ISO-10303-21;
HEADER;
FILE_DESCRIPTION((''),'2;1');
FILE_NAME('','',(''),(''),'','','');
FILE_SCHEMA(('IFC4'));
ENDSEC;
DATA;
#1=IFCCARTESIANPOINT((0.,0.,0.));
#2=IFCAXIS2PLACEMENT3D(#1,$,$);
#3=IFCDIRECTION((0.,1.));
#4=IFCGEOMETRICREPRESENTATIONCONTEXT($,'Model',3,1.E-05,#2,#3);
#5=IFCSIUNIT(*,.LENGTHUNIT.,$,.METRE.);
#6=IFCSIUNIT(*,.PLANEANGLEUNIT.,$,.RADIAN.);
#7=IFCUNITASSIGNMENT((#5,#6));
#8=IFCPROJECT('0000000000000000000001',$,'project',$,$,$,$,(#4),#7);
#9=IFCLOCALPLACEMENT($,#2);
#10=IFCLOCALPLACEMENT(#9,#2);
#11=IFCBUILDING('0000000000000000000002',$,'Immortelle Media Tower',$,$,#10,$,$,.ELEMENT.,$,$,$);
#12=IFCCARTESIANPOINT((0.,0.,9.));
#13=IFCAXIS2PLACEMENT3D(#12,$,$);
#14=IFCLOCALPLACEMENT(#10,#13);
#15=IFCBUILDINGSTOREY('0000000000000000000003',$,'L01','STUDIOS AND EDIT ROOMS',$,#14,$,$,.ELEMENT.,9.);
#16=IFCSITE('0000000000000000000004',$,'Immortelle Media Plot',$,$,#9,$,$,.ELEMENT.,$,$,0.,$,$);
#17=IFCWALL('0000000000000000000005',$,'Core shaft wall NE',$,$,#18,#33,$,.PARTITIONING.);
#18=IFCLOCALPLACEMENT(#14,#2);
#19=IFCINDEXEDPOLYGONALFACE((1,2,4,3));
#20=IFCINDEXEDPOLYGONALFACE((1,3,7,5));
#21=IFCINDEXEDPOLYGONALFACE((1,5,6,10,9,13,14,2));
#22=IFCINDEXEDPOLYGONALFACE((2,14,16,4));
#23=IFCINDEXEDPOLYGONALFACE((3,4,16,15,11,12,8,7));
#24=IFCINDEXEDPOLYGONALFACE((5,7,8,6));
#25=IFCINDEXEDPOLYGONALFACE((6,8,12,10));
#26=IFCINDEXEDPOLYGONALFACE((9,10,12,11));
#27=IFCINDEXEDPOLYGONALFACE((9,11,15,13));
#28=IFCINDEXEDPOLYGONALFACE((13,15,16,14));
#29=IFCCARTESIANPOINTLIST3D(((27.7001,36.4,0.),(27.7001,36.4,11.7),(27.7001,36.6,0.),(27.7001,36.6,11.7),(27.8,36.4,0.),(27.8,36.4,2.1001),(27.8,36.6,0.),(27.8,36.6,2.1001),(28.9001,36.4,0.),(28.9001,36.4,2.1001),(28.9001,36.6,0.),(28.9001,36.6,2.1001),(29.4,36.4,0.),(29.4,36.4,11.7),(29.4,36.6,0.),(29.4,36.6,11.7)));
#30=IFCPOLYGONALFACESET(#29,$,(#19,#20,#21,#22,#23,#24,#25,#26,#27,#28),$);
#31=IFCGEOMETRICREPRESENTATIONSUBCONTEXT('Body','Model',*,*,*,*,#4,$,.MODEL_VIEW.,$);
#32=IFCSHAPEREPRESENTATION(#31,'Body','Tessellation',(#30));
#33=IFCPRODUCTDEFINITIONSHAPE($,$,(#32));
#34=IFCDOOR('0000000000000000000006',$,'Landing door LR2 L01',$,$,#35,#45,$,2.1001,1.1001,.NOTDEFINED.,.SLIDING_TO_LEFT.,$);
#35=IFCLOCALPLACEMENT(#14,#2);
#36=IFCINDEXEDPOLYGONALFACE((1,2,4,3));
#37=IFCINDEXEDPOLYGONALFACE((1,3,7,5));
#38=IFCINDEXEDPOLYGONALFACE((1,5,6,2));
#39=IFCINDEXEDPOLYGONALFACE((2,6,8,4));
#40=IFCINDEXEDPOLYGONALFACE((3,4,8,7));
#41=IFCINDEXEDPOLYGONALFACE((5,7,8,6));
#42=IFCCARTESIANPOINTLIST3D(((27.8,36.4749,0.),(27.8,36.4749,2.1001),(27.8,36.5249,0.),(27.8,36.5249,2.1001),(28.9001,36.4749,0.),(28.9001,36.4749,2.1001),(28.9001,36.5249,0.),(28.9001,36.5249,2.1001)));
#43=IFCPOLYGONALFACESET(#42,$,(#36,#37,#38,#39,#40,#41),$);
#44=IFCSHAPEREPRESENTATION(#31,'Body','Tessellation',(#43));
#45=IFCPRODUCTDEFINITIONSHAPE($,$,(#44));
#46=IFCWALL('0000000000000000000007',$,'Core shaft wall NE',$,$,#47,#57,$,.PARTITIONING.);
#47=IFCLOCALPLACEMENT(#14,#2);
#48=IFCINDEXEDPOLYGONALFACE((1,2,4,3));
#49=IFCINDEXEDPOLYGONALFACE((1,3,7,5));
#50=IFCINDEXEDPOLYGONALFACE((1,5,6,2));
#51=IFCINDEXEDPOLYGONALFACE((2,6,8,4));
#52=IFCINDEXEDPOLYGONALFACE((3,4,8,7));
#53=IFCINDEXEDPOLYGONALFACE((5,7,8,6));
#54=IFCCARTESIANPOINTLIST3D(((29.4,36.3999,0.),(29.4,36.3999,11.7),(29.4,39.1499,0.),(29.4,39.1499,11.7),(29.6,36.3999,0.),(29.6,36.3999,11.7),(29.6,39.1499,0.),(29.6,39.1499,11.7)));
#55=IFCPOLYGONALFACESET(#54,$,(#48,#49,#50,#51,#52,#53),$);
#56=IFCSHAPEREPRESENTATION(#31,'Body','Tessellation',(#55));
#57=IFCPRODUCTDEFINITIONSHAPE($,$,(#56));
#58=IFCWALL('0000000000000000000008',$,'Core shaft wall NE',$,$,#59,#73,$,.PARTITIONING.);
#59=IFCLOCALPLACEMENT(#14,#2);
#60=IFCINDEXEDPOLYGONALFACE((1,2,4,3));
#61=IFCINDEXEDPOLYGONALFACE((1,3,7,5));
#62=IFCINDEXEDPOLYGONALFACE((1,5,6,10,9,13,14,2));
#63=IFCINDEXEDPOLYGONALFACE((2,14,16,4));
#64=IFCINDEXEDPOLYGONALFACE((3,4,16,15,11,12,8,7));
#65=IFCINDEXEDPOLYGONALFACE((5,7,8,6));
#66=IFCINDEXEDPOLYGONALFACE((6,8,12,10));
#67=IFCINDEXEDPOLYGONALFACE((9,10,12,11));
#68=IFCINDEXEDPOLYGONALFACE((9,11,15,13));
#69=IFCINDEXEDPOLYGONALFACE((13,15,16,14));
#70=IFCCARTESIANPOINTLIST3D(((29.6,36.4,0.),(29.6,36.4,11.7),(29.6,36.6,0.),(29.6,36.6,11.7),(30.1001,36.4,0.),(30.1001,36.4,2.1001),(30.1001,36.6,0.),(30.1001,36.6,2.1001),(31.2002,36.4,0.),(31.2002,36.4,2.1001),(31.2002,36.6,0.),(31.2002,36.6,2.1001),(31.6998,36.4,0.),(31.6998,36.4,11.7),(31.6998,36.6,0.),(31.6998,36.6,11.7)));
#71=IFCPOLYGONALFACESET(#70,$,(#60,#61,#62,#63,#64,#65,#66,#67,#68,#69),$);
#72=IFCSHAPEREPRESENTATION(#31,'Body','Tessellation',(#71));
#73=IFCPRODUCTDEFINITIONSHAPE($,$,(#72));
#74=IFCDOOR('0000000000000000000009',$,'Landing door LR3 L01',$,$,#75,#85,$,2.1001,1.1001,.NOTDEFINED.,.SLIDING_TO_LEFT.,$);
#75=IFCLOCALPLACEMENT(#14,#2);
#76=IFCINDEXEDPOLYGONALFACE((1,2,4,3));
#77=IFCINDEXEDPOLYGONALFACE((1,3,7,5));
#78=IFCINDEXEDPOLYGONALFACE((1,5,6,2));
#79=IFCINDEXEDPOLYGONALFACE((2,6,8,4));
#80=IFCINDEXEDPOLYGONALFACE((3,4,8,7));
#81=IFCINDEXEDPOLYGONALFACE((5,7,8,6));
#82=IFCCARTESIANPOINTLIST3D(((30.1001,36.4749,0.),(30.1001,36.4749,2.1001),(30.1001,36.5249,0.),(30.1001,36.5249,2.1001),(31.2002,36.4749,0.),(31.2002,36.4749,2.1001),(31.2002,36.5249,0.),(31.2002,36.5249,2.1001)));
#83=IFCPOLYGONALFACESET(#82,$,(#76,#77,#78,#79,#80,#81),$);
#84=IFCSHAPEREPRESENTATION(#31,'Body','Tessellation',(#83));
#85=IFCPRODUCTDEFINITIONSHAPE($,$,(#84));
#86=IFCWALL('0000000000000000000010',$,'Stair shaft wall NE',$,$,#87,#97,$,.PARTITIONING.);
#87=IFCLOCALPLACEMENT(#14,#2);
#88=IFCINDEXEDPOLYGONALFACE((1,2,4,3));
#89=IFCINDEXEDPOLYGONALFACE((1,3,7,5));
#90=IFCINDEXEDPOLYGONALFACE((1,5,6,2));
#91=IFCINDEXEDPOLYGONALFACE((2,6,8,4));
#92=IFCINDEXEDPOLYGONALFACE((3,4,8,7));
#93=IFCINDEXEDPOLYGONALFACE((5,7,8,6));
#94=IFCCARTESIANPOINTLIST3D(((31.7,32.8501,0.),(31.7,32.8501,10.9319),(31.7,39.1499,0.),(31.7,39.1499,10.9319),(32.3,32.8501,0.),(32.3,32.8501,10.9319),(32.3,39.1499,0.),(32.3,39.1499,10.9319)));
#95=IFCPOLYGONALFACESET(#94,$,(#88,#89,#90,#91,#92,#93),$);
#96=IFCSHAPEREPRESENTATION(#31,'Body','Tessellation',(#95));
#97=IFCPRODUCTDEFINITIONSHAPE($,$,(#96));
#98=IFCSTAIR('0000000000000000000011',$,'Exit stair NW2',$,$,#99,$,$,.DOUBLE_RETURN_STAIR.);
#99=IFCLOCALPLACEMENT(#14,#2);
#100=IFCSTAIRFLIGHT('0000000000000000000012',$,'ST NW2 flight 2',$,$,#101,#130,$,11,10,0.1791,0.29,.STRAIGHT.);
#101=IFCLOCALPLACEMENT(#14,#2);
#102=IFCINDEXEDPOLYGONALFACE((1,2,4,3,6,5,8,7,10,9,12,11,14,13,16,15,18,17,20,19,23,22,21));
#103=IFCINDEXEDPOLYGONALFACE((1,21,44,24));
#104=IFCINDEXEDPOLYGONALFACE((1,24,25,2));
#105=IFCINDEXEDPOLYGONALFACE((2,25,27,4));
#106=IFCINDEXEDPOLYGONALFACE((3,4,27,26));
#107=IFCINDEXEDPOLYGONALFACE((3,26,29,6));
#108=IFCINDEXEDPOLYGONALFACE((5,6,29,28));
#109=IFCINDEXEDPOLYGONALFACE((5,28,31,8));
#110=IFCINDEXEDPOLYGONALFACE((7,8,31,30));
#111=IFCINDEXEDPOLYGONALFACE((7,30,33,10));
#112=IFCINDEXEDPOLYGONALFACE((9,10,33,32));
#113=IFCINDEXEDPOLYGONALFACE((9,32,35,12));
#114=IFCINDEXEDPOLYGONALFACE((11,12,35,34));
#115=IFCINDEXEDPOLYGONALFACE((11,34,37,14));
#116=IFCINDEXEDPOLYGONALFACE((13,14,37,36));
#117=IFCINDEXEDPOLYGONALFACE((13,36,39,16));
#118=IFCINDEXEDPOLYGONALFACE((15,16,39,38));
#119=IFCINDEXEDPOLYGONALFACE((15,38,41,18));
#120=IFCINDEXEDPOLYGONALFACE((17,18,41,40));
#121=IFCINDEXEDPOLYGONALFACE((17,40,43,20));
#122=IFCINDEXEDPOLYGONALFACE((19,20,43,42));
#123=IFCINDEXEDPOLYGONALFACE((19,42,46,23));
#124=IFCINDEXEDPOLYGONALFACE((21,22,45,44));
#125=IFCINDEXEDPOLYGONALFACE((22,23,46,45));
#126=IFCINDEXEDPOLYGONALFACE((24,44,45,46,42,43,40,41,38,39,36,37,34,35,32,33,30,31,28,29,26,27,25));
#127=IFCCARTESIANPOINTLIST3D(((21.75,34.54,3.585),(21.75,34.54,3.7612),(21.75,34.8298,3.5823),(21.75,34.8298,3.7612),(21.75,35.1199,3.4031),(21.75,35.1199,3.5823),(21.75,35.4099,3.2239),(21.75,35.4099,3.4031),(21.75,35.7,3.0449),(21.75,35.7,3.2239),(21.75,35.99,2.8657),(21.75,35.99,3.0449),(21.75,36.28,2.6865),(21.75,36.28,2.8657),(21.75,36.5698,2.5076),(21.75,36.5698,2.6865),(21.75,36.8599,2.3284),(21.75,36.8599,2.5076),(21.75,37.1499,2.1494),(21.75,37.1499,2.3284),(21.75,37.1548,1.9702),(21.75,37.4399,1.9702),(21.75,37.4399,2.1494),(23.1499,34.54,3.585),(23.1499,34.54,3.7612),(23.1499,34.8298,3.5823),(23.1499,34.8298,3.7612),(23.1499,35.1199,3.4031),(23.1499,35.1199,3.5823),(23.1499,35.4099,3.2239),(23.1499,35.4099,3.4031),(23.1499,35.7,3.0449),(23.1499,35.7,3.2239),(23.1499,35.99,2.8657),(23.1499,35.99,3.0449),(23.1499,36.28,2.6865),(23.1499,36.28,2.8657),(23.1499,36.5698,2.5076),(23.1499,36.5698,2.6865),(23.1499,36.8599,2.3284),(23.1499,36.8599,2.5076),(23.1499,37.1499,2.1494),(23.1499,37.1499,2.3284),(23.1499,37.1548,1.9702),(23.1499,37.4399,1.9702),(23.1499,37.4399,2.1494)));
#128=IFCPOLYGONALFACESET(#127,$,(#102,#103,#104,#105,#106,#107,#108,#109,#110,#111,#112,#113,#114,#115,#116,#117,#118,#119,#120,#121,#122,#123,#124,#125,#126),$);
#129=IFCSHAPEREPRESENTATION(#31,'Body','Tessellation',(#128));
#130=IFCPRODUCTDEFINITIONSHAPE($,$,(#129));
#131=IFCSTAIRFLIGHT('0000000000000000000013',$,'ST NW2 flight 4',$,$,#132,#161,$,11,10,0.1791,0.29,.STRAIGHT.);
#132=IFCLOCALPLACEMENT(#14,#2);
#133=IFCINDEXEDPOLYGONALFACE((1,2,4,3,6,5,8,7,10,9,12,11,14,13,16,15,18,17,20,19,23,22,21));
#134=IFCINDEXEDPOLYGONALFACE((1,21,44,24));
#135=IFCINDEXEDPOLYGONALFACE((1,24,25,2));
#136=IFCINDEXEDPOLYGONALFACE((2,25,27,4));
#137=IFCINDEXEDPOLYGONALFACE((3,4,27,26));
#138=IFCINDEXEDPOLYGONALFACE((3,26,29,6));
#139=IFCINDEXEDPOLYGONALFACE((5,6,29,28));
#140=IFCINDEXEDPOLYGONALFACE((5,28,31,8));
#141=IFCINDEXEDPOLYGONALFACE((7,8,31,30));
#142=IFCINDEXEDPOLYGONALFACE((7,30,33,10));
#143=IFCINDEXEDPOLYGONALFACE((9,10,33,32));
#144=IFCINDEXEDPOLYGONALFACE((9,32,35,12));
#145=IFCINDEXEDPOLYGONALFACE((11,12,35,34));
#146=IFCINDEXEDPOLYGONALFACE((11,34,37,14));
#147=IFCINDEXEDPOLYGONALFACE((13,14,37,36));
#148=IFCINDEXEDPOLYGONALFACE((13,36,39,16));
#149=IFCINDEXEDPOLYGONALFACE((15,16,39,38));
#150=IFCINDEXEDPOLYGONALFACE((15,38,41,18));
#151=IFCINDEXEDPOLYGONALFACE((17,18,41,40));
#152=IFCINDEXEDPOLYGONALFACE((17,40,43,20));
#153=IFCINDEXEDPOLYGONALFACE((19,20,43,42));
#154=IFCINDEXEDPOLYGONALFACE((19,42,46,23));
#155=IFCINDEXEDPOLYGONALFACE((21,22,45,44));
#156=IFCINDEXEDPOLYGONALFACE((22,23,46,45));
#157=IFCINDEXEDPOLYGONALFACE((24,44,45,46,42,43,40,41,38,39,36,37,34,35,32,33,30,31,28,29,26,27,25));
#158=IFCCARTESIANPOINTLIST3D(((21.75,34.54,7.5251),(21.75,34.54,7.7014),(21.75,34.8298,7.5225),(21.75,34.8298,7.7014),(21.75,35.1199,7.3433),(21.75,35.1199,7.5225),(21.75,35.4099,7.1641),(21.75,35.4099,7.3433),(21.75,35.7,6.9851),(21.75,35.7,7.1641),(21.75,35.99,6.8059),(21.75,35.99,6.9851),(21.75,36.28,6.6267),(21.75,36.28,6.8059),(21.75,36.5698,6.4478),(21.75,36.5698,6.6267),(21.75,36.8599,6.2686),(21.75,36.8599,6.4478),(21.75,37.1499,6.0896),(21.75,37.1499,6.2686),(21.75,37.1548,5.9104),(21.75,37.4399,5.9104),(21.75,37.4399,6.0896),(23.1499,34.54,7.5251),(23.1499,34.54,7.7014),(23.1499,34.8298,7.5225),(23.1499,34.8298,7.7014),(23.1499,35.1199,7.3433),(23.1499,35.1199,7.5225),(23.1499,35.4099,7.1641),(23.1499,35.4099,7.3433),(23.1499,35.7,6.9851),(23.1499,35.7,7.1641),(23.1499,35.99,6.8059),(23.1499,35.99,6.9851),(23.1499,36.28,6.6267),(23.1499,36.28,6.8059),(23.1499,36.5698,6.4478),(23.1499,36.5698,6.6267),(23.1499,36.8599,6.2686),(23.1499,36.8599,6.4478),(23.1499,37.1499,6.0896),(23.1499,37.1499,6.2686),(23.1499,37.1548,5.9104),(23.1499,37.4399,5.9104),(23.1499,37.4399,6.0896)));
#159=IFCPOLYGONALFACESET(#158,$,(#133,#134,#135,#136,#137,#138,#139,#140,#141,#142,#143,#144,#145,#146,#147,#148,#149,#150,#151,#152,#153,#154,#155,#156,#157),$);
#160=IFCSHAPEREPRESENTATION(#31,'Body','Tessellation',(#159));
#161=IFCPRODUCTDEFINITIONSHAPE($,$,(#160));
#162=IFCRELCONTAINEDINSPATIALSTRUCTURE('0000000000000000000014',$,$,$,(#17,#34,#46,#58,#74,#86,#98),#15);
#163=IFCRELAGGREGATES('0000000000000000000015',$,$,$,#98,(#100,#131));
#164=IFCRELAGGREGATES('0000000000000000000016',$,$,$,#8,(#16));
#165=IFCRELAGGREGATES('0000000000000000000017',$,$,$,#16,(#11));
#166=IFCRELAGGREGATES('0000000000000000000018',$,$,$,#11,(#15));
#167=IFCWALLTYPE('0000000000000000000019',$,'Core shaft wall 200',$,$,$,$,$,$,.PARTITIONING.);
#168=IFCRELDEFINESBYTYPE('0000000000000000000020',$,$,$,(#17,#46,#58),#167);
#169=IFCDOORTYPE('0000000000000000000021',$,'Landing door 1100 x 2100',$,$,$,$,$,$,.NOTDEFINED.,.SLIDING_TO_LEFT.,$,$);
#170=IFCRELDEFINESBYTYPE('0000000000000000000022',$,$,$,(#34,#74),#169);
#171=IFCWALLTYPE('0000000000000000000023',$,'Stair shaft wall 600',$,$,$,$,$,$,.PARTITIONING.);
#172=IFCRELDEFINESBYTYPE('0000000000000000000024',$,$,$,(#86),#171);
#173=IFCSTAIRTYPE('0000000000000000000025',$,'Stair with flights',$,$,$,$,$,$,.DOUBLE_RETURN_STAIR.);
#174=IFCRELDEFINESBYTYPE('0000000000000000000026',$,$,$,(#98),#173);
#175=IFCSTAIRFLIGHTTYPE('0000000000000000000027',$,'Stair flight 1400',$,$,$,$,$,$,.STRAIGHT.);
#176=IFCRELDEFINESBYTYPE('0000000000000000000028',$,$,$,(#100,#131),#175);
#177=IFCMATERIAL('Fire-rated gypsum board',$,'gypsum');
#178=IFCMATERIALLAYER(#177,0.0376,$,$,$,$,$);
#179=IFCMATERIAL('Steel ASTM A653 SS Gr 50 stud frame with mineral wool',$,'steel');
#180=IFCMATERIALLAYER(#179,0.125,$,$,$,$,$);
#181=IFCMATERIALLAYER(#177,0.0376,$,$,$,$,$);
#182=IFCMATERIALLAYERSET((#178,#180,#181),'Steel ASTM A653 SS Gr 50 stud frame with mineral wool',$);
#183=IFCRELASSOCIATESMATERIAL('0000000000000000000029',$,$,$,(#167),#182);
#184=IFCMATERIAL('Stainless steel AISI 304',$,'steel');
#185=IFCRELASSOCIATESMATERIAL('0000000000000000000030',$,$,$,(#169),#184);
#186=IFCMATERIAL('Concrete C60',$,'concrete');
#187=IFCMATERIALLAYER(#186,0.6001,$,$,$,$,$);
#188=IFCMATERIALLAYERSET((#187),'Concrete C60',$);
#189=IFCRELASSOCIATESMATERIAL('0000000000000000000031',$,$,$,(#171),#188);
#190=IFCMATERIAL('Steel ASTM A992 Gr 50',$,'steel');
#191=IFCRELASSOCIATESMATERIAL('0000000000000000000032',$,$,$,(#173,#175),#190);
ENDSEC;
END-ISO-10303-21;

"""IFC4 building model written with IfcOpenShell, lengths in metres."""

from ifc_helpers import new_model, si_unit, direction, frame, frame_2d, origin, place, context, subcontext, project, spatial, polyline, rectangle, outline, extrude, material, layer, layer_set, type_object, element, fill, aggregate, save


model = new_model("IFC4")

# Units and contexts
model_context = context("Model", 3, precision=1e-05, world=origin(), true_north=direction((0.0, 1.0)))
body_context = subcontext(model_context, "Body", "Model", "MODEL_VIEW")
ifc_project = project(units=[si_unit("LENGTHUNIT", "METRE"), si_unit("PLANEANGLEUNIT", "RADIAN")], contexts=[model_context])

# Site, building, storey
site_placement = place(None, origin())
site = spatial("IfcSite", under=ifc_project, at=site_placement, Name="Immortelle Media Plot", CompositionType="ELEMENT", RefElevation=0.0)
building_placement = place(site_placement, origin())
building = spatial("IfcBuilding", under=site, at=building_placement, Name="Immortelle Media Tower", CompositionType="ELEMENT")
storey_placement = place(building_placement, frame((0.0, 0.0, 9.0)))
storey = spatial("IfcBuildingStorey", under=building, at=storey_placement, Name="L01", Description="STUDIOS AND EDIT ROOMS", CompositionType="ELEMENT", Elevation=9.0)

# Shared definitions
ifc_material_1 = material(Name="Steel ASTM A992 Gr 50", Category="steel")

# Shared definitions
ifc_material_2 = material(Name="Fire-rated gypsum board", Category="gypsum")
ifc_material_3 = material(Name="Steel ASTM A653 SS Gr 50 stud frame with mineral wool", Category="steel")

# Shared definitions
ifc_layer_1 = layer(ifc_material_2, 0.0376)
ifc_layer_2 = layer(ifc_material_3, 0.125)
ifc_layer_3 = layer(ifc_material_2, 0.0376)
ifc_layer_set_1 = layer_set([ifc_layer_1, ifc_layer_2, ifc_layer_3], Name="Steel ASTM A653 SS Gr 50 stud frame with mineral wool")
wall_type_1 = type_object("IfcWallType", Name="Core shaft wall 200", PredefinedType="PARTITIONING", material=ifc_layer_set_1)
ifc_material_4 = material(Name="Stainless steel AISI 304", Category="steel")
door_type_1 = type_object("IfcDoorType", Name="Landing door 1100 x 2100", OperationType="SLIDING_TO_LEFT", PredefinedType="NOTDEFINED", material=ifc_material_4)

# Wall, opening, door
wall_1_placement = place(storey_placement, frame((27.7, 36.5, 0.0), z_axis=(0.0, 0.0, 1.0), x_axis=(1.0, 0.0, 0.0)))
wall_1 = element("IfcWall", 1, at=wall_1_placement, inside=storey, type_object=wall_type_1, Name="Core shaft wall NE", PredefinedType="PARTITIONING", context=body_context, shape_type="SweptSolid", body=[
    extrude(rectangle(XDim=1.7, YDim=0.2, at=frame_2d((0.8501, 0.0))), origin(), (0.0, 0.0, 1.0), 11.7),
])
opening_1_placement = place(wall_1_placement, frame((0.1001, 0.0, 0.0)))
opening_1 = element("IfcOpeningElement", 2, at=opening_1_placement, cuts=wall_1, PredefinedType="OPENING", context=body_context, shape_type="SweptSolid", body=[
    extrude(rectangle(XDim=1.1001, YDim=2.1001, at=frame_2d((0.55, 1.05))), frame((0.0, 0.1099, 0.0), z_axis=(0.0, -1.0, 0.0), x_axis=(1.0, 0.0, 0.0)), (0.0, 0.0, 1.0), 0.22),
])
door_1_placement = place(opening_1_placement, origin())
door_1 = element("IfcDoor", 3, at=door_1_placement, inside=storey, type_object=door_type_1, Name="Landing door LR2 L01", OperationType="SLIDING_TO_LEFT", OverallHeight=2.1001, OverallWidth=1.1001, PredefinedType="NOTDEFINED", context=body_context, shape_type="SweptSolid", body=[
    extrude(rectangle(XDim=1.1001, YDim=2.1001, at=frame_2d((0.55, 1.05))), frame((0.0, 0.0249, 0.0), z_axis=(0.0, -1.0, 0.0), x_axis=(1.0, 0.0, 0.0)), (0.0, 0.0, 1.0), 0.05),
])
fill(opening_1, door_1)

# Wall
wall_2_placement = place(storey_placement, frame((29.5, 36.3999, 0.0), z_axis=(0.0, 0.0, 1.0), x_axis=(0.0, 1.0, 0.0)))
element("IfcWall", 4, at=wall_2_placement, inside=storey, type_object=wall_type_1, Name="Core shaft wall NE", PredefinedType="PARTITIONING", context=body_context, shape_type="SweptSolid", body=[
    extrude(rectangle(XDim=2.75, YDim=0.2, at=frame_2d((1.375, 0.0))), origin(), (0.0, 0.0, 1.0), 11.7),
])

# Wall, opening, door
wall_3_placement = place(storey_placement, frame((29.6001, 36.5, 0.0), z_axis=(0.0, 0.0, 1.0), x_axis=(1.0, 0.0, 0.0)))
wall_3 = element("IfcWall", 5, at=wall_3_placement, inside=storey, type_object=wall_type_1, Name="Core shaft wall NE", PredefinedType="PARTITIONING", context=body_context, shape_type="SweptSolid", body=[
    extrude(rectangle(XDim=2.0999, YDim=0.2, at=frame_2d((1.0498, 0.0))), origin(), (0.0, 0.0, 1.0), 11.7),
])
opening_2_placement = place(wall_3_placement, frame((0.5, 0.0, 0.0)))
opening_2 = element("IfcOpeningElement", 6, at=opening_2_placement, cuts=wall_3, PredefinedType="OPENING", context=body_context, shape_type="SweptSolid", body=[
    extrude(rectangle(XDim=1.1001, YDim=2.1001, at=frame_2d((0.55, 1.05))), frame((0.0, 0.1099, 0.0), z_axis=(0.0, -1.0, 0.0), x_axis=(1.0, 0.0, 0.0)), (0.0, 0.0, 1.0), 0.22),
])
door_2_placement = place(opening_2_placement, origin())
door_2 = element("IfcDoor", 7, at=door_2_placement, inside=storey, type_object=door_type_1, Name="Landing door LR3 L01", OperationType="SLIDING_TO_LEFT", OverallHeight=2.1001, OverallWidth=1.1001, PredefinedType="NOTDEFINED", context=body_context, shape_type="SweptSolid", body=[
    extrude(rectangle(XDim=1.1001, YDim=2.1001, at=frame_2d((0.55, 1.05))), frame((0.0, 0.0249, 0.0), z_axis=(0.0, -1.0, 0.0), x_axis=(1.0, 0.0, 0.0)), (0.0, 0.0, 1.0), 0.05),
])
fill(opening_2, door_2)

# Wall
ifc_material_5 = material(Name="Concrete C60", Category="concrete")
ifc_layer_4 = layer(ifc_material_5, 0.6001)
ifc_layer_set_2 = layer_set([ifc_layer_4], Name="Concrete C60")
wall_type_2 = type_object("IfcWallType", Name="Stair shaft wall 600", PredefinedType="PARTITIONING", material=ifc_layer_set_2)
wall_4_placement = place(storey_placement, frame((32.0, 32.8501, 0.0), z_axis=(0.0, 0.0, 1.0), x_axis=(0.0, 1.0, 0.0)))
element("IfcWall", 8, at=wall_4_placement, inside=storey, type_object=wall_type_2, Name="Stair shaft wall NE", PredefinedType="PARTITIONING", context=body_context, shape_type="SweptSolid", body=[
    extrude(rectangle(XDim=6.2998, YDim=0.6001, at=frame_2d((3.1499, 0.0))), origin(), (0.0, 0.0, 1.0), 10.9319),
])

# Stair, stair flights
stair_type = type_object("IfcStairType", Name="Stair with flights", PredefinedType="DOUBLE_RETURN_STAIR", material=ifc_material_1)
stair_placement = place(storey_placement, origin())
stair = element("IfcStair", 9, at=stair_placement, inside=storey, type_object=stair_type, Name="Exit stair NW2", PredefinedType="DOUBLE_RETURN_STAIR")
stair_flight_type = type_object("IfcStairFlightType", Name="Stair flight 1400", PredefinedType="STRAIGHT", material=ifc_material_1)
stair_flight_1_placement = place(storey_placement, frame((22.45, 37.4399, 1.9702), z_axis=(0.0, 0.0, 1.0), x_axis=(0.0, -1.0, 0.0)))
stair_flight_1 = element("IfcStairFlight", 10, at=stair_flight_1_placement, type_object=stair_flight_type, Name="ST NW2 flight 2", NumberOfRisers=11, NumberOfTreads=10, PredefinedType="STRAIGHT", RiserHeight=0.1791, TreadLength=0.29, context=body_context, shape_type="SweptSolid", body=[
    extrude(outline(polyline([(0.0, 0.0), (0.0, 0.1792), (0.29, 0.1792), (0.29, 0.3582), (0.5801, 0.3582), (0.5801, 0.5374), (0.8701, 0.5374), (0.8701, 0.7163), (1.1599, 0.7163), (1.1599, 0.8955), (1.45, 0.8955), (1.45, 1.0747), (1.74, 1.0747), (1.74, 1.2537), (2.03, 1.2537), (2.03, 1.4329), (2.3201, 1.4329), (2.3201, 1.6121), (2.6101, 1.6121), (2.6101, 1.791), (2.8999, 1.791), (2.8999, 1.9702), (2.8999, 1.6147), (0.2852, 0.0), (0.0, 0.0)])), frame((0.0, 0.7, 0.0), z_axis=(0.0, -1.0, 0.0), x_axis=(1.0, 0.0, 0.0)), (0.0, 0.0, 1.0), 1.3999),
])
stair_flight_2_placement = place(storey_placement, frame((22.45, 37.4399, 5.9104), z_axis=(0.0, 0.0, 1.0), x_axis=(0.0, -1.0, 0.0)))
stair_flight_2 = element("IfcStairFlight", 11, at=stair_flight_2_placement, type_object=stair_flight_type, Name="ST NW2 flight 4", NumberOfRisers=11, NumberOfTreads=10, PredefinedType="STRAIGHT", RiserHeight=0.1791, TreadLength=0.29, context=body_context, shape_type="SweptSolid", body=[
    extrude(outline(polyline([(0.0, 0.0), (0.0, 0.1792), (0.29, 0.1792), (0.29, 0.3582), (0.5801, 0.3582), (0.5801, 0.5374), (0.8701, 0.5374), (0.8701, 0.7163), (1.1599, 0.7163), (1.1599, 0.8955), (1.45, 0.8955), (1.45, 1.0747), (1.74, 1.0747), (1.74, 1.2537), (2.03, 1.2537), (2.03, 1.4329), (2.3201, 1.4329), (2.3201, 1.6121), (2.6101, 1.6121), (2.6101, 1.791), (2.8999, 1.791), (2.8999, 1.9702), (2.8999, 1.6147), (0.2852, 0.0), (0.0, 0.0)])), frame((0.0, 0.7, 0.0), z_axis=(0.0, -1.0, 0.0), x_axis=(1.0, 0.0, 0.0)), (0.0, 0.0, 1.0), 1.3999),
])
aggregate(stair, [stair_flight_1, stair_flight_2])

save(model, "model.ifc")
